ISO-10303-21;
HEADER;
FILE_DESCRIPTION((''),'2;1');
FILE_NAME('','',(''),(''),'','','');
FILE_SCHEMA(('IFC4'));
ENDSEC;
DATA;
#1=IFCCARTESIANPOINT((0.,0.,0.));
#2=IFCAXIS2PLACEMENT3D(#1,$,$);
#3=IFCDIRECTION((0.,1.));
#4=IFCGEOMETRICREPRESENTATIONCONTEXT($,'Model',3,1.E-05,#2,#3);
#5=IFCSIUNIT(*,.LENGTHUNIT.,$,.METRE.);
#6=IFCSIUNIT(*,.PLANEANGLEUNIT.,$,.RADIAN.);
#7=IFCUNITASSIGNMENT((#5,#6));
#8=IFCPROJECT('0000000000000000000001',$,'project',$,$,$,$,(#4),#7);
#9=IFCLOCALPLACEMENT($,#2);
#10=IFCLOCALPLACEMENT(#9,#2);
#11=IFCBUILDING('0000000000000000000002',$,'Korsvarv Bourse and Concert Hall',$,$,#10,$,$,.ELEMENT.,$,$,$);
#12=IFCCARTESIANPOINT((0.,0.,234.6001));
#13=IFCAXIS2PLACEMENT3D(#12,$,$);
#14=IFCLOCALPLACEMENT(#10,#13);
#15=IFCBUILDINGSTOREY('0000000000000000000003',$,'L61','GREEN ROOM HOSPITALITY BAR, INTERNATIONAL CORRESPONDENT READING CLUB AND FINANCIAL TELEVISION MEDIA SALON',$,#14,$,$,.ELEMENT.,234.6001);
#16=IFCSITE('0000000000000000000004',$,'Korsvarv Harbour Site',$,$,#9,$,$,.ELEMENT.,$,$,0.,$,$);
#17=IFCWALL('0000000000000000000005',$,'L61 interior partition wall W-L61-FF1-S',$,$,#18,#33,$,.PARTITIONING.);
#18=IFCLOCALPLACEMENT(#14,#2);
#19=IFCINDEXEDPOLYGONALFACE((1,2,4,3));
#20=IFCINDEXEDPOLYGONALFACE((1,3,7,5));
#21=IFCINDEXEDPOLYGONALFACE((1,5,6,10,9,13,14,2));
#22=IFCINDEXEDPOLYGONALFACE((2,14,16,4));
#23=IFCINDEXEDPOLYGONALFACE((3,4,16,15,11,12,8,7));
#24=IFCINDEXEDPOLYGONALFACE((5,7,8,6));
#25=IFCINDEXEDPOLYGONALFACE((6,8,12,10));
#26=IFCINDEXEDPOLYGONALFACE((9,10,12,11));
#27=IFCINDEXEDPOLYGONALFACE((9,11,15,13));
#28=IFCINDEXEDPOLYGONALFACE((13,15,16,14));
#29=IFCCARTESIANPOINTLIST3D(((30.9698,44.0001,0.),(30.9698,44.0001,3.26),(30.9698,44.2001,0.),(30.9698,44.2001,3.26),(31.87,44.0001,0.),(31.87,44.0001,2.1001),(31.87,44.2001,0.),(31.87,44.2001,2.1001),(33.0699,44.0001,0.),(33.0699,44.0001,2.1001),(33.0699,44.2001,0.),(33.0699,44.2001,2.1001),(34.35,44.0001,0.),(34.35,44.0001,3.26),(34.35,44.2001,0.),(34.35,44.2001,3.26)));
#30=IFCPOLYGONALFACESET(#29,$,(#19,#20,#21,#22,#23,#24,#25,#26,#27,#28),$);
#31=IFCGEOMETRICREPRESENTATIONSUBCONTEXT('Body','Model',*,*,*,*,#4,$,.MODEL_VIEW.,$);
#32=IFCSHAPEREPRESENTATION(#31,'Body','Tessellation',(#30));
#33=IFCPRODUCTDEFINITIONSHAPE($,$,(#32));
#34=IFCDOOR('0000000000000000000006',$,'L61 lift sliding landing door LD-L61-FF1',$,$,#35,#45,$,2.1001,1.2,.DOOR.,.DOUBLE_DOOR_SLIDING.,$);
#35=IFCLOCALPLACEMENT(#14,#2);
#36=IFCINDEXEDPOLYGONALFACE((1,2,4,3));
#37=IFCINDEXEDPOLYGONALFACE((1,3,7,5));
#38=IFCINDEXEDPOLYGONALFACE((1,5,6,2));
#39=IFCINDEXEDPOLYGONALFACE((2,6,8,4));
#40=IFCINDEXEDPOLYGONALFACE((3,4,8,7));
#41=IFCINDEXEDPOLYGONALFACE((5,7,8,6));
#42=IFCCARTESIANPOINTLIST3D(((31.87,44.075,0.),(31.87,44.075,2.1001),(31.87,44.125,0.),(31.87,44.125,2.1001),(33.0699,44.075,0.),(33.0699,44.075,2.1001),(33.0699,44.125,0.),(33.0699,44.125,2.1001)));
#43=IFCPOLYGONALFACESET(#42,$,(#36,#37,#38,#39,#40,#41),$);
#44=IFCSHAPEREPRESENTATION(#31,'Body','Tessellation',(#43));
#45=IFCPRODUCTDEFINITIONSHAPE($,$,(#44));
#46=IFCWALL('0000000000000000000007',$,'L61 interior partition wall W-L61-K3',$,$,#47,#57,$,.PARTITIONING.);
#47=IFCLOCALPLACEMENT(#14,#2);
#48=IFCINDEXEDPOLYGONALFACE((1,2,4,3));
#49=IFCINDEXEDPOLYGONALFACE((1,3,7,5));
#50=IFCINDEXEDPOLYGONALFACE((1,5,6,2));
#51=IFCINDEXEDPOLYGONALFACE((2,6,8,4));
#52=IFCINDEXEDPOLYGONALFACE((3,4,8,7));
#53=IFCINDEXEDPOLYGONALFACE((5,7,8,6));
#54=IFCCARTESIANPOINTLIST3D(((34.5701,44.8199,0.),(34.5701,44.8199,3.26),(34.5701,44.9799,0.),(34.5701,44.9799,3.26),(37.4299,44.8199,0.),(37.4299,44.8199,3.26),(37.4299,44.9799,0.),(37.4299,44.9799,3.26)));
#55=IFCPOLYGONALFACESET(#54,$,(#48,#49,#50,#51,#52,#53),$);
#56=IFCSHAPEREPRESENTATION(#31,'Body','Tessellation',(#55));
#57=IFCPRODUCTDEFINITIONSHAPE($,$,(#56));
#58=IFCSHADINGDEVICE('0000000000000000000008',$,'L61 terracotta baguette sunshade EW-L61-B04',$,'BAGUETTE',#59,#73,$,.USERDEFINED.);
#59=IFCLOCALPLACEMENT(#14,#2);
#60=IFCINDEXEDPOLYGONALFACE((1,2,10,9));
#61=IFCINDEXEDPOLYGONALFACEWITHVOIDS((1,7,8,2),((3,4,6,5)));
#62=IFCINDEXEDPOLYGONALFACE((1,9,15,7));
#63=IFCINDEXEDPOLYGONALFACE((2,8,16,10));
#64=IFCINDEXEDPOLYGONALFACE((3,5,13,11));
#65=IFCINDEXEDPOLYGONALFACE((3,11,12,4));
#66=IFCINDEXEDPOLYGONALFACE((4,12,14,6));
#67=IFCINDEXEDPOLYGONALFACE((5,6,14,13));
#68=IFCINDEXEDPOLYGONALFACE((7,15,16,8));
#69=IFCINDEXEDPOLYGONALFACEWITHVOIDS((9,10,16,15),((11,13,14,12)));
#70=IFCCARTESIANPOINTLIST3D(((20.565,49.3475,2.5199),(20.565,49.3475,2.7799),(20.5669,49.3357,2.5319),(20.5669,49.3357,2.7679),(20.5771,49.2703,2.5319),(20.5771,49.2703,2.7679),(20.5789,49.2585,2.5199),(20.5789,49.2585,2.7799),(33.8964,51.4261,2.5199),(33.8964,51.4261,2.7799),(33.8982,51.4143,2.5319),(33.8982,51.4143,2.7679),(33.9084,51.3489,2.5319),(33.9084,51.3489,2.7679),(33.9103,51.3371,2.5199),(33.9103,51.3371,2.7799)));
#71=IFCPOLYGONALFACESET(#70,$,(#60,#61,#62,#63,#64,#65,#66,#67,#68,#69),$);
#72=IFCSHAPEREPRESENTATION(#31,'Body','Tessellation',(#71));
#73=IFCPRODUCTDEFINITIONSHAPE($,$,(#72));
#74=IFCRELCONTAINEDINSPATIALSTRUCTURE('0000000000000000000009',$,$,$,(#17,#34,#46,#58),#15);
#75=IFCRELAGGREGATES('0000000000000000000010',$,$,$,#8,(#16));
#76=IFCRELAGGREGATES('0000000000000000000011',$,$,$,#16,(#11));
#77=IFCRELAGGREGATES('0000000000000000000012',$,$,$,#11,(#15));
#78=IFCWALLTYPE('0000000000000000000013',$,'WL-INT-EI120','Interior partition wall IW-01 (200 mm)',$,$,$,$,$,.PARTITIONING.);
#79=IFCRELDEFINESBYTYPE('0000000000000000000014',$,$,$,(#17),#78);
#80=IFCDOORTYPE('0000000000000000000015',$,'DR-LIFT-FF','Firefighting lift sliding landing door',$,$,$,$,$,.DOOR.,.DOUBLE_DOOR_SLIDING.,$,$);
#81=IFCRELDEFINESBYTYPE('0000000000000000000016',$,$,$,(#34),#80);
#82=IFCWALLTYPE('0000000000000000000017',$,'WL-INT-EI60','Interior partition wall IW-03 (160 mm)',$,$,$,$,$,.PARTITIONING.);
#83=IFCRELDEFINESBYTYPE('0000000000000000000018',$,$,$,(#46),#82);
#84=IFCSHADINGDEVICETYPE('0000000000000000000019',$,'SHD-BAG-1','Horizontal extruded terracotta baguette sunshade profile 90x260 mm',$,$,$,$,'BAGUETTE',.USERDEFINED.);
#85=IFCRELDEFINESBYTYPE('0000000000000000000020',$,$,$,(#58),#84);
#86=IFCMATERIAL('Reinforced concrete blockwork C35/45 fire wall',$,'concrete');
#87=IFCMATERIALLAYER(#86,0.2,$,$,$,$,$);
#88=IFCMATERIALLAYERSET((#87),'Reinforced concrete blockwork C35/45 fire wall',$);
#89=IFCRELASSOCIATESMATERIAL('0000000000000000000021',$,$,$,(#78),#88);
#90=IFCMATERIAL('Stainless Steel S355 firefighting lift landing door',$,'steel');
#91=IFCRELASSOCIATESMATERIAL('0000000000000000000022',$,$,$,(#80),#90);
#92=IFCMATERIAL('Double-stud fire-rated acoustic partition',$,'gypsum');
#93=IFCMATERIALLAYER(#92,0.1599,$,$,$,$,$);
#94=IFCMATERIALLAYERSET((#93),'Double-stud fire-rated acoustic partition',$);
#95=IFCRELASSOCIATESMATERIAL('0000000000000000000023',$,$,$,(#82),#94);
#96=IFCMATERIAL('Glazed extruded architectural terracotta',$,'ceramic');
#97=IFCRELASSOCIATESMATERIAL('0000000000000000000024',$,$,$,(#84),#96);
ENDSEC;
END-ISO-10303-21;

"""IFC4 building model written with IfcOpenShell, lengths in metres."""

from ifc_helpers import new_model, si_unit, direction, frame, frame_2d, origin, origin_2d, place, context, subcontext, project, spatial, rectangle, hollow_rectangle, extrude, source, transform, mapped, material, layer, layer_set, material_profile, profile_set, type_object, element, fill, save


model = new_model("IFC4")

# Units and contexts
model_context = context("Model", 3, precision=1e-05, world=origin(), true_north=direction((0.0, 1.0)))
body_context = subcontext(model_context, "Body", "Model", "MODEL_VIEW")
ifc_project = project(units=[si_unit("LENGTHUNIT", "METRE"), si_unit("PLANEANGLEUNIT", "RADIAN")], contexts=[model_context])

# Site, building, storey
site_placement = place(None, origin())
site = spatial("IfcSite", under=ifc_project, at=site_placement, Name="Korsvarv Harbour Site", CompositionType="ELEMENT", RefElevation=0.0)
building_placement = place(site_placement, origin())
building = spatial("IfcBuilding", under=site, at=building_placement, Name="Korsvarv Bourse and Concert Hall", CompositionType="ELEMENT")
storey_placement = place(building_placement, frame((0.0, 0.0, 234.6001)))
storey = spatial("IfcBuildingStorey", under=building, at=storey_placement, Name="L61", Description="GREEN ROOM HOSPITALITY BAR, INTERNATIONAL CORRESPONDENT READING CLUB AND FINANCIAL TELEVISION MEDIA SALON", CompositionType="ELEMENT", Elevation=234.6001)

# Wall, opening, door
ifc_material_1 = material(Name="Reinforced concrete blockwork C35/45 fire wall", Category="concrete")
ifc_layer_1 = layer(ifc_material_1, 0.2)
ifc_layer_set_1 = layer_set([ifc_layer_1], Name="Reinforced concrete blockwork C35/45 fire wall")
wall_type_1 = type_object("IfcWallType", Name="WL-INT-EI120", Description="Interior partition wall IW-01 (200 mm)", PredefinedType="PARTITIONING", material=ifc_layer_set_1)
wall_1_placement = place(storey_placement, frame((30.97, 44.1001, 0.0), z_axis=(0.0, 0.0, 1.0), x_axis=(1.0, 0.0, 0.0)))
wall_1 = element("IfcWall", 1, at=wall_1_placement, inside=storey, type_object=wall_type_1, Name="L61 interior partition wall W-L61-FF1-S", PredefinedType="PARTITIONING", context=body_context, shape_type="SweptSolid", body=[
    extrude(rectangle(XDim=3.3801, YDim=0.2, at=frame_2d((1.6899, 0.0))), origin(), (0.0, 0.0, 1.0), 3.26),
])
opening_1_placement = place(wall_1_placement, frame((0.8999, 0.0, 0.0)))
opening_1 = element("IfcOpeningElement", 2, at=opening_1_placement, cuts=wall_1, PredefinedType="OPENING", context=body_context, shape_type="SweptSolid", body=[
    extrude(rectangle(XDim=1.2, YDim=2.1001, at=frame_2d((0.6001, 1.05))), frame((0.0, 0.1099, 0.0), z_axis=(0.0, -1.0, 0.0), x_axis=(1.0, 0.0, 0.0)), (0.0, 0.0, 1.0), 0.22),
])
ifc_material_2 = material(Name="Stainless Steel S355 firefighting lift landing door", Category="steel")
door_type = type_object("IfcDoorType", Name="DR-LIFT-FF", Description="Firefighting lift sliding landing door", OperationType="DOUBLE_DOOR_SLIDING", PredefinedType="DOOR", material=ifc_material_2)
door_placement = place(opening_1_placement, origin())
door = element("IfcDoor", 3, at=door_placement, inside=storey, type_object=door_type, Name="L61 lift sliding landing door LD-L61-FF1", OperationType="DOUBLE_DOOR_SLIDING", OverallHeight=2.1001, OverallWidth=1.2, PredefinedType="DOOR", context=body_context, shape_type="SweptSolid", body=[
    extrude(rectangle(XDim=1.2, YDim=2.1001, at=frame_2d((0.6001, 1.05))), frame((0.0, 0.0249, 0.0), z_axis=(0.0, -1.0, 0.0), x_axis=(1.0, 0.0, 0.0)), (0.0, 0.0, 1.0), 0.05),
])
fill(opening_1, door)

# Wall
ifc_material_3 = material(Name="Double-stud fire-rated acoustic partition", Category="gypsum")
ifc_layer_2 = layer(ifc_material_3, 0.1599)
ifc_layer_set_2 = layer_set([ifc_layer_2], Name="Double-stud fire-rated acoustic partition")
wall_type_2 = type_object("IfcWallType", Name="WL-INT-EI60", Description="Interior partition wall IW-03 (160 mm)", PredefinedType="PARTITIONING", material=ifc_layer_set_2)
wall_2_placement = place(storey_placement, frame((34.5701, 44.8999, 0.0), z_axis=(0.0, 0.0, 1.0), x_axis=(1.0, 0.0, 0.0)))
element("IfcWall", 4, at=wall_2_placement, inside=storey, type_object=wall_type_2, Name="L61 interior partition wall W-L61-K3", PredefinedType="PARTITIONING", context=body_context, shape_type="SweptSolid", body=[
    extrude(rectangle(XDim=2.8599, YDim=0.1599, at=frame_2d((1.4299, 0.0))), origin(), (0.0, 0.0, 1.0), 3.26),
])

# Shading device
ifc_material_4 = material(Name="Glazed extruded architectural terracotta", Category="ceramic")
ifc_material_profile_1 = material_profile(ifc_material_4, hollow_rectangle(XDim=0.0901, YDim=0.26, WallThickness=0.012, at=origin_2d()), Name="TC-BAG 90x260")
ifc_profile_set_1 = profile_set([ifc_material_profile_1], Name="Glazed extruded architectural terracotta")
shading_device_type = type_object("IfcShadingDeviceType", Name="SHD-BAG-1", Description="Horizontal extruded terracotta baguette sunshade profile 90x260 mm", ElementType="BAGUETTE", PredefinedType="USERDEFINED", material=ifc_profile_set_1)
shared_shape_1 = source(origin(), body_context, "Body", "SweptSolid", [
    extrude(hollow_rectangle(XDim=0.0901, YDim=0.26, WallThickness=0.012, at=origin_2d()), origin(), (0.0, 0.0, 1.0), 13.4924),
])
shading_device_placement = place(storey_placement, frame((33.9033, 51.3816, 2.6499), z_axis=(-0.988062, -0.154058, 0.0), x_axis=(0.154058, -0.988062, 0.0)))
element("IfcShadingDevice", 5, at=shading_device_placement, inside=storey, type_object=shading_device_type, Name="L61 terracotta baguette sunshade EW-L61-B04", ObjectType="BAGUETTE", PredefinedType="USERDEFINED", context=body_context, shape_type="MappedRepresentation", body=[
    mapped(shared_shape_1, transform((0.0, 0.0, 0.0), scale=1.0)),
])

save(model, "model.ifc")
